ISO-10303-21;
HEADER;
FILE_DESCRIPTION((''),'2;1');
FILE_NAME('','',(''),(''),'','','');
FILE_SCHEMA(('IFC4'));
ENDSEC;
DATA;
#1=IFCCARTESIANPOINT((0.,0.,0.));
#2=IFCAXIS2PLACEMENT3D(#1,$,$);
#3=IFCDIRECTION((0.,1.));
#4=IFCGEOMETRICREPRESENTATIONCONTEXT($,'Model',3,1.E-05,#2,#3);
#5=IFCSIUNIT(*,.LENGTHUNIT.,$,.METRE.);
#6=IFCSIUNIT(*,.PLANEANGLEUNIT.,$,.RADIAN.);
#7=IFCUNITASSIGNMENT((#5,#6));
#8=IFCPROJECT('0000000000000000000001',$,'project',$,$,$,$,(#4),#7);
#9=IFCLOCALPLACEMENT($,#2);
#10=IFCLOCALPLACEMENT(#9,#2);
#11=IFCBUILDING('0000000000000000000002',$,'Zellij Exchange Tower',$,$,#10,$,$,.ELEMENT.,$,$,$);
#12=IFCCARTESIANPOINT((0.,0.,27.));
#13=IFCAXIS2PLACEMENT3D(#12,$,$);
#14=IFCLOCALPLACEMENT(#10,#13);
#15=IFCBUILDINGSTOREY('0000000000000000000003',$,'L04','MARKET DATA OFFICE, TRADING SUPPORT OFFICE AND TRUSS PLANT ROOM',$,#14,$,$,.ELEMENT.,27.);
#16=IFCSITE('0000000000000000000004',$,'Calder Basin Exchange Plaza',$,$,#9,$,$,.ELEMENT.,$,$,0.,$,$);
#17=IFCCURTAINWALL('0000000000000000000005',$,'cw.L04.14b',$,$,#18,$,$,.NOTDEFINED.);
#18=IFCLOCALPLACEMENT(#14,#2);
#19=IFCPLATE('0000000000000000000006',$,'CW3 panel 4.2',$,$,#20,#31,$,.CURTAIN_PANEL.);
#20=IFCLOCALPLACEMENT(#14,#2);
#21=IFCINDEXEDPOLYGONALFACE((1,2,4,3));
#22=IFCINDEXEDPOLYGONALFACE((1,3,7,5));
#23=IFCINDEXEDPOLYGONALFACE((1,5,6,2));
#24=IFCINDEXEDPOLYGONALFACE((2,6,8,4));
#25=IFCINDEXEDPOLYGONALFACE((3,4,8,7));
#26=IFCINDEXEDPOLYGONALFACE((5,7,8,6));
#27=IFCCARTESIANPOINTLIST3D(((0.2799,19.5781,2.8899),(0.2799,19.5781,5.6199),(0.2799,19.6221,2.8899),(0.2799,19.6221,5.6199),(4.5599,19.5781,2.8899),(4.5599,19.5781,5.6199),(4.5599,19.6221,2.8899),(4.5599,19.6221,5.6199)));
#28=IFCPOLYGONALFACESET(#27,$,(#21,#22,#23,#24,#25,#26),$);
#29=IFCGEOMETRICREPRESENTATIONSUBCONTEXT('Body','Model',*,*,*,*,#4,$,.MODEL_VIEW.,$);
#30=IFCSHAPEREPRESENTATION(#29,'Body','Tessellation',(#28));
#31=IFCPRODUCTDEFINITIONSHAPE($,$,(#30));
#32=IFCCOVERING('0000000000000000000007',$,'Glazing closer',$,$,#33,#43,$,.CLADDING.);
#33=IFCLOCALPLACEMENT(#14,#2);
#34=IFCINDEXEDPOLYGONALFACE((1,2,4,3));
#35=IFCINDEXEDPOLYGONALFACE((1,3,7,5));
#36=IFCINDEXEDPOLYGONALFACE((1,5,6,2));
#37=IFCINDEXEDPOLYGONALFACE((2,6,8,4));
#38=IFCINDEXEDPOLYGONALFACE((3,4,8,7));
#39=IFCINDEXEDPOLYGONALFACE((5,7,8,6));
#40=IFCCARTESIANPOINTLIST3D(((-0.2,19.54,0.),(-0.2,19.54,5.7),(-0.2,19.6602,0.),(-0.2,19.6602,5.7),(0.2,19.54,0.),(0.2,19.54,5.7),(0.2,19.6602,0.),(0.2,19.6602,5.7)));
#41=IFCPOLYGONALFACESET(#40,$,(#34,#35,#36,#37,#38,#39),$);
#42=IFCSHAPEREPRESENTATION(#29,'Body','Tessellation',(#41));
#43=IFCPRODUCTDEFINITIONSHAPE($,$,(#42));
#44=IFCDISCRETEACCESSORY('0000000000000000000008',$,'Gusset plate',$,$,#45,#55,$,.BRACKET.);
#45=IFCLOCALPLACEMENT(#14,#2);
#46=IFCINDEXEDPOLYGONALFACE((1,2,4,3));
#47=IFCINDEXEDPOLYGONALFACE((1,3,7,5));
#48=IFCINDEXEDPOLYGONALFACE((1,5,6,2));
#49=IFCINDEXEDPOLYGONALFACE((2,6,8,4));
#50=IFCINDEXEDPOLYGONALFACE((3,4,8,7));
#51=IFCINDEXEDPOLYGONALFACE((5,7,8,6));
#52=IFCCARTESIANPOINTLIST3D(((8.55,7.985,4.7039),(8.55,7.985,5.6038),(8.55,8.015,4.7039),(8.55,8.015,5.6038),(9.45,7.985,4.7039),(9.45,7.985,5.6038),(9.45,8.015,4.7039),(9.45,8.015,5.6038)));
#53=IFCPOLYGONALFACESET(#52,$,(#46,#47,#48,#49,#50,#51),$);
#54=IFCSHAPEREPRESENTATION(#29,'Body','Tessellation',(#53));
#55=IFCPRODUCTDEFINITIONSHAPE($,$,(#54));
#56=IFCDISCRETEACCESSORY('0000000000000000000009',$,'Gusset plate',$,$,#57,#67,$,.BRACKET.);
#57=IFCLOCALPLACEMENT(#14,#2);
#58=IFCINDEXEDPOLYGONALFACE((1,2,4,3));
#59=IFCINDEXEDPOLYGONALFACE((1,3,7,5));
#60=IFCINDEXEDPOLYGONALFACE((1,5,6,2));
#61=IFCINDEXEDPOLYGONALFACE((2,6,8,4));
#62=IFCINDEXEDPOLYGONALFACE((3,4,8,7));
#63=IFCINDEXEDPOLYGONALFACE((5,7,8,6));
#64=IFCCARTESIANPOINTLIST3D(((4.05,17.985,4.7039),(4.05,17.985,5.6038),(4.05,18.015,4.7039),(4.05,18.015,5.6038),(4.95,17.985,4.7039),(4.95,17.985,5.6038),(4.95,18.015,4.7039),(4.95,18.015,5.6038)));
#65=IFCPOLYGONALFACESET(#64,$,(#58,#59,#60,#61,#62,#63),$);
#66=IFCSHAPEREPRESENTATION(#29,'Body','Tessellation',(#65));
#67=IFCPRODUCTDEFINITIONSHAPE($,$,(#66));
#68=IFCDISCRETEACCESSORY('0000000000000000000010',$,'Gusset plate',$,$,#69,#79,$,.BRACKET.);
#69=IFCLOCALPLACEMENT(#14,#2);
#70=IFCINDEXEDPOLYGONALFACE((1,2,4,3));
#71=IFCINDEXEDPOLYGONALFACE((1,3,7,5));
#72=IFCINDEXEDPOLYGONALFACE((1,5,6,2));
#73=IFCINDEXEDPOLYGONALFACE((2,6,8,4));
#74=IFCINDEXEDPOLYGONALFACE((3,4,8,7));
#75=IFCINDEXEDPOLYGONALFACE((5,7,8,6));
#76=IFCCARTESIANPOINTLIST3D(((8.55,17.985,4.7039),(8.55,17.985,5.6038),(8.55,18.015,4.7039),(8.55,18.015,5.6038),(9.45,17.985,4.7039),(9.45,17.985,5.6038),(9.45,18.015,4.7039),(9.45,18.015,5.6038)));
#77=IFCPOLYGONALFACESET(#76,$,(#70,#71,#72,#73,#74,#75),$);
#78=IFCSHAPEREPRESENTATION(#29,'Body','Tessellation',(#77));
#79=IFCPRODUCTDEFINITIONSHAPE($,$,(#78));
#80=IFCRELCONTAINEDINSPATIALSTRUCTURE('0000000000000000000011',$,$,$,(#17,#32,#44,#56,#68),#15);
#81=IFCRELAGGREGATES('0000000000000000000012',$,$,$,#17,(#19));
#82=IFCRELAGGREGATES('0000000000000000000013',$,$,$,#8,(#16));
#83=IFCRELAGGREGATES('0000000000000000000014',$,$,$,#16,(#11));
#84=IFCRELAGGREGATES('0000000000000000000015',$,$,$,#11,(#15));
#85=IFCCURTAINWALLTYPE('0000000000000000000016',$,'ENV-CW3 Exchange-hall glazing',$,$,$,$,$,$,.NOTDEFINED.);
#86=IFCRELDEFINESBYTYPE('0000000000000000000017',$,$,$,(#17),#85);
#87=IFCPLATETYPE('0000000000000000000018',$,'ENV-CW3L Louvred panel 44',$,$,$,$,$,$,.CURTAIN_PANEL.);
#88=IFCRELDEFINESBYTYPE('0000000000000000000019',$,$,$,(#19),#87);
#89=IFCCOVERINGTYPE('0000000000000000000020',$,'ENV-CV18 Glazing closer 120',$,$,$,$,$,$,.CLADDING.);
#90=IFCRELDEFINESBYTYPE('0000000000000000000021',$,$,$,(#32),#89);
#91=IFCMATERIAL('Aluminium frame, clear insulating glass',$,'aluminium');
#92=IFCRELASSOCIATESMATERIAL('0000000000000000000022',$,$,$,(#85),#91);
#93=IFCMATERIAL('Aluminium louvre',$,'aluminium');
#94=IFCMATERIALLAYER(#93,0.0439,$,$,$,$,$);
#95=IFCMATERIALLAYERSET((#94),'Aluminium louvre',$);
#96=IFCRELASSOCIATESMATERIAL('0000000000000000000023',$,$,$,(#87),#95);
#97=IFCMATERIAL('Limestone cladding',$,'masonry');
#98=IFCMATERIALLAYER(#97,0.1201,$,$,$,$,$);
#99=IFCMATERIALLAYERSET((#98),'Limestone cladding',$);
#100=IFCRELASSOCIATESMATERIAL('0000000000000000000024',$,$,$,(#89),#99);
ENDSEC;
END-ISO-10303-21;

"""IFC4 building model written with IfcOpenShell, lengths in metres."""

from ifc_helpers import new_model, si_unit, direction, frame, origin, origin_2d, place, context, subcontext, project, spatial, rectangle, extrude, material, layer, layer_set, type_object, element, aggregate, save


model = new_model("IFC4")

# Units and contexts
model_context = context("Model", 3, precision=1e-05, world=origin(), true_north=direction((0.0, 1.0)))
body_context = subcontext(model_context, "Body", "Model", "MODEL_VIEW")
ifc_project = project(units=[si_unit("LENGTHUNIT", "METRE"), si_unit("PLANEANGLEUNIT", "RADIAN")], contexts=[model_context])

# Site, building, storey
site_placement = place(None, origin())
site = spatial("IfcSite", under=ifc_project, at=site_placement, Name="Calder Basin Exchange Plaza", CompositionType="ELEMENT", RefElevation=0.0)
building_placement = place(site_placement, origin())
building = spatial("IfcBuilding", under=site, at=building_placement, Name="Zellij Exchange Tower", CompositionType="ELEMENT")
storey_placement = place(building_placement, frame((0.0, 0.0, 27.0)))
storey = spatial("IfcBuildingStorey", under=building, at=storey_placement, Name="L04", Description="MARKET DATA OFFICE, TRADING SUPPORT OFFICE AND TRUSS PLANT ROOM", CompositionType="ELEMENT", Elevation=27.0)

# Curtain wall
ifc_material_1 = material(Name="Aluminium frame, clear insulating glass", Category="aluminium")
curtain_wall_type = type_object("IfcCurtainWallType", Name="ENV-CW3 Exchange-hall glazing", PredefinedType="NOTDEFINED", material=ifc_material_1)
curtain_wall_placement = place(storey_placement, origin())
curtain_wall = element("IfcCurtainWall", 1, at=curtain_wall_placement, inside=storey, type_object=curtain_wall_type, Name="cw.L04.14b", PredefinedType="NOTDEFINED")

# Plate
ifc_material_2 = material(Name="Aluminium louvre", Category="aluminium")
ifc_layer_1 = layer(ifc_material_2, 0.0439)
ifc_layer_set_1 = layer_set([ifc_layer_1], Name="Aluminium louvre")
plate_type = type_object("IfcPlateType", Name="ENV-CW3L Louvred panel 44", PredefinedType="CURTAIN_PANEL", material=ifc_layer_set_1)
plate_1_placement = place(storey_placement, frame((2.4199, 19.6001, 2.8899), z_axis=(0.0, 0.0, 1.0), x_axis=(-1.0, 0.0, 0.0)))
plate_1 = element("IfcPlate", 2, at=plate_1_placement, type_object=plate_type, Name="CW3 panel 4.2", PredefinedType="CURTAIN_PANEL", context=body_context, shape_type="SweptSolid", body=[
    extrude(rectangle(XDim=4.28, YDim=0.0439, at=origin_2d()), origin(), (0.0, 0.0, 1.0), 2.73),
])
aggregate(curtain_wall, [plate_1])

# Covering
ifc_material_3 = material(Name="Limestone cladding", Category="masonry")
ifc_layer_2 = layer(ifc_material_3, 0.1201)
ifc_layer_set_2 = layer_set([ifc_layer_2], Name="Limestone cladding")
covering_type = type_object("IfcCoveringType", Name="ENV-CV18 Glazing closer 120", PredefinedType="CLADDING", material=ifc_layer_set_2)
covering_placement = place(storey_placement, frame((0.0, 19.6001, 0.0), z_axis=(0.0, 0.0, 1.0), x_axis=(-1.0, 0.0, 0.0)))
element("IfcCovering", 3, at=covering_placement, inside=storey, type_object=covering_type, Name="Glazing closer", PredefinedType="CLADDING", context=body_context, shape_type="SweptSolid", body=[
    extrude(rectangle(XDim=0.3999, YDim=0.1201, at=origin_2d()), origin(), (0.0, 0.0, 1.0), 5.7),
])

# Discrete accessories
for number, where, z_axis, x_axis, name in (
    (4, (9.0, 8.0, 4.7039), (0.0, 0.0, 1.0), (1.0, 0.0, 0.0), "Gusset plate"),
    (5, (4.5, 18.0, 4.7039), (0.0, 0.0, 1.0), (1.0, 0.0, 0.0), "Gusset plate"),
    (6, (9.0, 18.0, 4.7039), (0.0, 0.0, 1.0), (1.0, 0.0, 0.0), "Gusset plate"),
):
    element("IfcDiscreteAccessory", number, at=place(storey_placement, frame(where, z_axis=z_axis, x_axis=x_axis)), inside=storey, Name=name, PredefinedType="BRACKET", context=body_context, shape_type="SweptSolid", body=[
        extrude(rectangle(XDim=0.8999, YDim=0.03, at=origin_2d()), origin(), (0.0, 0.0, 1.0), 0.8999),
    ])

save(model, "model.ifc")
